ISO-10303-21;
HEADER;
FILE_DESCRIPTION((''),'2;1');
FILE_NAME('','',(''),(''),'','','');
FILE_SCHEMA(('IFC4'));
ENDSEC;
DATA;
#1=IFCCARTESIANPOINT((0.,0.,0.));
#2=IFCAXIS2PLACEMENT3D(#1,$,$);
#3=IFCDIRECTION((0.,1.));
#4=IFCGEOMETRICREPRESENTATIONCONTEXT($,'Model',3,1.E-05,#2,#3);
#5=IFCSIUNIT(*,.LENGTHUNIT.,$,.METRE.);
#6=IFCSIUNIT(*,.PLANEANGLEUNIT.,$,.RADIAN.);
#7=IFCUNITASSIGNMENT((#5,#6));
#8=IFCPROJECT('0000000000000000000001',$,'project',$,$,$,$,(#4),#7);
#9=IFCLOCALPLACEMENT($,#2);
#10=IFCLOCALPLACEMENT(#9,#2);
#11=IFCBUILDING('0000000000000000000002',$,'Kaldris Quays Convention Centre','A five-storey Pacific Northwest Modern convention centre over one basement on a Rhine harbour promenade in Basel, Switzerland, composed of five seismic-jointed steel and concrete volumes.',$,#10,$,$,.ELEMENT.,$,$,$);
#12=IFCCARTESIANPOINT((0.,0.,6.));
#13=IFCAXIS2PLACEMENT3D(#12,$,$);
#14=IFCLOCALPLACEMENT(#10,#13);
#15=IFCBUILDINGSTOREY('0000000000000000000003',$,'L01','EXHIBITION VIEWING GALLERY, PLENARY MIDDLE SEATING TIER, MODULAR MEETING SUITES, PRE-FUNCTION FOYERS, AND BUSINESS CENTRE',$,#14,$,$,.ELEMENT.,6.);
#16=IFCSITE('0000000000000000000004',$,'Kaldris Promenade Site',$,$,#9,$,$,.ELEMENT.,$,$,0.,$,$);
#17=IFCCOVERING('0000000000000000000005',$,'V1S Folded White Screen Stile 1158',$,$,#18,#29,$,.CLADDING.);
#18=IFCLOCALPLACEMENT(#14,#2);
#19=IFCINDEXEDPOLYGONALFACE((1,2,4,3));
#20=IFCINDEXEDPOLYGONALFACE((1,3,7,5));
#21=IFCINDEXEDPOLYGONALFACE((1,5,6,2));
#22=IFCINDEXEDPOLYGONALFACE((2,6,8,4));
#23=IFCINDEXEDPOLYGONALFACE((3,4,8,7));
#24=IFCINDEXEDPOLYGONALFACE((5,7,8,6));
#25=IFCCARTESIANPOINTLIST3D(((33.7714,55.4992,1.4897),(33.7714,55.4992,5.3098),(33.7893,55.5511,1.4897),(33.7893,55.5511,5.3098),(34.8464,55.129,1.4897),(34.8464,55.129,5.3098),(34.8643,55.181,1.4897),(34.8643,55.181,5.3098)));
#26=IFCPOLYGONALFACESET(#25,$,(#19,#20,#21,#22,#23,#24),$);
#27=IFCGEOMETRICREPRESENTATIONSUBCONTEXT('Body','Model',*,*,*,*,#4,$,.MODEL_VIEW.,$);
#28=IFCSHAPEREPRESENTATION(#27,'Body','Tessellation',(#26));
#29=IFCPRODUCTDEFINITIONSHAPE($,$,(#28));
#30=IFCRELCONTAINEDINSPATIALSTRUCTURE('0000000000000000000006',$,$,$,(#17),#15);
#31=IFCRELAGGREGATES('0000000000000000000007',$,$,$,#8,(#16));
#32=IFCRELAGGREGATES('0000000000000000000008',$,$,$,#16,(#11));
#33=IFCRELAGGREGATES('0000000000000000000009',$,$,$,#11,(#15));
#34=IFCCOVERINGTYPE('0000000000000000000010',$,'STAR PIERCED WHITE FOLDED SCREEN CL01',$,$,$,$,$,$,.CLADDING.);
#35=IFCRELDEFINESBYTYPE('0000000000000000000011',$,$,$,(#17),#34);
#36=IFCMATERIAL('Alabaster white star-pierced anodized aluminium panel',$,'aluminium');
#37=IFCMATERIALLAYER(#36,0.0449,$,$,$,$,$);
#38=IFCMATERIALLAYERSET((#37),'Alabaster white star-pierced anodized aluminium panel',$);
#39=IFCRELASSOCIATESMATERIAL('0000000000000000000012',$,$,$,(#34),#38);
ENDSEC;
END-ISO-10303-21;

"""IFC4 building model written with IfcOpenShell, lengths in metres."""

from ifc_helpers import new_model, si_unit, direction, frame, origin, origin_2d, place, context, subcontext, project, spatial, rectangle, extrude, material, layer, layer_set, type_object, element, save


model = new_model("IFC4")

# Units and contexts
model_context = context("Model", 3, precision=1e-05, world=origin(), true_north=direction((0.0, 1.0)))
body_context = subcontext(model_context, "Body", "Model", "MODEL_VIEW")
ifc_project = project(units=[si_unit("LENGTHUNIT", "METRE"), si_unit("PLANEANGLEUNIT", "RADIAN")], contexts=[model_context])

# Site, building, storey
site_placement = place(None, origin())
site = spatial("IfcSite", under=ifc_project, at=site_placement, Name="Kaldris Promenade Site", CompositionType="ELEMENT", RefElevation=0.0)
building_placement = place(site_placement, origin())
building = spatial("IfcBuilding", under=site, at=building_placement, Name="Kaldris Quays Convention Centre", Description="A five-storey Pacific Northwest Modern convention centre over one basement on a Rhine harbour promenade in Basel, Switzerland, composed of five seismic-jointed steel and concrete volumes.", CompositionType="ELEMENT")
storey_placement = place(building_placement, frame((0.0, 0.0, 6.0)))
storey = spatial("IfcBuildingStorey", under=building, at=storey_placement, Name="L01", Description="EXHIBITION VIEWING GALLERY, PLENARY MIDDLE SEATING TIER, MODULAR MEETING SUITES, PRE-FUNCTION FOYERS, AND BUSINESS CENTRE", CompositionType="ELEMENT", Elevation=6.0)

# Covering
ifc_material_1 = material(Name="Alabaster white star-pierced anodized aluminium panel", Category="aluminium")
ifc_layer_1 = layer(ifc_material_1, 0.0449)
ifc_layer_set_1 = layer_set([ifc_layer_1], Name="Alabaster white star-pierced anodized aluminium panel")
covering_type = type_object("IfcCoveringType", Name="STAR PIERCED WHITE FOLDED SCREEN CL01", PredefinedType="CLADDING", material=ifc_layer_set_1)
covering_placement = place(storey_placement, frame((34.3179, 55.3401, 1.4897), z_axis=(0.0, 0.0, 1.0), x_axis=(0.945519, -0.325568, 0.0)))
element("IfcCovering", 1, at=covering_placement, inside=storey, type_object=covering_type, Name="V1S Folded White Screen Stile 1158", PredefinedType="CLADDING", context=body_context, shape_type="SweptSolid", body=[
    extrude(rectangle(XDim=1.137, YDim=0.0549, at=origin_2d()), origin(), (0.0, 0.0, 1.0), 3.8201),
])

save(model, "model.ifc")
